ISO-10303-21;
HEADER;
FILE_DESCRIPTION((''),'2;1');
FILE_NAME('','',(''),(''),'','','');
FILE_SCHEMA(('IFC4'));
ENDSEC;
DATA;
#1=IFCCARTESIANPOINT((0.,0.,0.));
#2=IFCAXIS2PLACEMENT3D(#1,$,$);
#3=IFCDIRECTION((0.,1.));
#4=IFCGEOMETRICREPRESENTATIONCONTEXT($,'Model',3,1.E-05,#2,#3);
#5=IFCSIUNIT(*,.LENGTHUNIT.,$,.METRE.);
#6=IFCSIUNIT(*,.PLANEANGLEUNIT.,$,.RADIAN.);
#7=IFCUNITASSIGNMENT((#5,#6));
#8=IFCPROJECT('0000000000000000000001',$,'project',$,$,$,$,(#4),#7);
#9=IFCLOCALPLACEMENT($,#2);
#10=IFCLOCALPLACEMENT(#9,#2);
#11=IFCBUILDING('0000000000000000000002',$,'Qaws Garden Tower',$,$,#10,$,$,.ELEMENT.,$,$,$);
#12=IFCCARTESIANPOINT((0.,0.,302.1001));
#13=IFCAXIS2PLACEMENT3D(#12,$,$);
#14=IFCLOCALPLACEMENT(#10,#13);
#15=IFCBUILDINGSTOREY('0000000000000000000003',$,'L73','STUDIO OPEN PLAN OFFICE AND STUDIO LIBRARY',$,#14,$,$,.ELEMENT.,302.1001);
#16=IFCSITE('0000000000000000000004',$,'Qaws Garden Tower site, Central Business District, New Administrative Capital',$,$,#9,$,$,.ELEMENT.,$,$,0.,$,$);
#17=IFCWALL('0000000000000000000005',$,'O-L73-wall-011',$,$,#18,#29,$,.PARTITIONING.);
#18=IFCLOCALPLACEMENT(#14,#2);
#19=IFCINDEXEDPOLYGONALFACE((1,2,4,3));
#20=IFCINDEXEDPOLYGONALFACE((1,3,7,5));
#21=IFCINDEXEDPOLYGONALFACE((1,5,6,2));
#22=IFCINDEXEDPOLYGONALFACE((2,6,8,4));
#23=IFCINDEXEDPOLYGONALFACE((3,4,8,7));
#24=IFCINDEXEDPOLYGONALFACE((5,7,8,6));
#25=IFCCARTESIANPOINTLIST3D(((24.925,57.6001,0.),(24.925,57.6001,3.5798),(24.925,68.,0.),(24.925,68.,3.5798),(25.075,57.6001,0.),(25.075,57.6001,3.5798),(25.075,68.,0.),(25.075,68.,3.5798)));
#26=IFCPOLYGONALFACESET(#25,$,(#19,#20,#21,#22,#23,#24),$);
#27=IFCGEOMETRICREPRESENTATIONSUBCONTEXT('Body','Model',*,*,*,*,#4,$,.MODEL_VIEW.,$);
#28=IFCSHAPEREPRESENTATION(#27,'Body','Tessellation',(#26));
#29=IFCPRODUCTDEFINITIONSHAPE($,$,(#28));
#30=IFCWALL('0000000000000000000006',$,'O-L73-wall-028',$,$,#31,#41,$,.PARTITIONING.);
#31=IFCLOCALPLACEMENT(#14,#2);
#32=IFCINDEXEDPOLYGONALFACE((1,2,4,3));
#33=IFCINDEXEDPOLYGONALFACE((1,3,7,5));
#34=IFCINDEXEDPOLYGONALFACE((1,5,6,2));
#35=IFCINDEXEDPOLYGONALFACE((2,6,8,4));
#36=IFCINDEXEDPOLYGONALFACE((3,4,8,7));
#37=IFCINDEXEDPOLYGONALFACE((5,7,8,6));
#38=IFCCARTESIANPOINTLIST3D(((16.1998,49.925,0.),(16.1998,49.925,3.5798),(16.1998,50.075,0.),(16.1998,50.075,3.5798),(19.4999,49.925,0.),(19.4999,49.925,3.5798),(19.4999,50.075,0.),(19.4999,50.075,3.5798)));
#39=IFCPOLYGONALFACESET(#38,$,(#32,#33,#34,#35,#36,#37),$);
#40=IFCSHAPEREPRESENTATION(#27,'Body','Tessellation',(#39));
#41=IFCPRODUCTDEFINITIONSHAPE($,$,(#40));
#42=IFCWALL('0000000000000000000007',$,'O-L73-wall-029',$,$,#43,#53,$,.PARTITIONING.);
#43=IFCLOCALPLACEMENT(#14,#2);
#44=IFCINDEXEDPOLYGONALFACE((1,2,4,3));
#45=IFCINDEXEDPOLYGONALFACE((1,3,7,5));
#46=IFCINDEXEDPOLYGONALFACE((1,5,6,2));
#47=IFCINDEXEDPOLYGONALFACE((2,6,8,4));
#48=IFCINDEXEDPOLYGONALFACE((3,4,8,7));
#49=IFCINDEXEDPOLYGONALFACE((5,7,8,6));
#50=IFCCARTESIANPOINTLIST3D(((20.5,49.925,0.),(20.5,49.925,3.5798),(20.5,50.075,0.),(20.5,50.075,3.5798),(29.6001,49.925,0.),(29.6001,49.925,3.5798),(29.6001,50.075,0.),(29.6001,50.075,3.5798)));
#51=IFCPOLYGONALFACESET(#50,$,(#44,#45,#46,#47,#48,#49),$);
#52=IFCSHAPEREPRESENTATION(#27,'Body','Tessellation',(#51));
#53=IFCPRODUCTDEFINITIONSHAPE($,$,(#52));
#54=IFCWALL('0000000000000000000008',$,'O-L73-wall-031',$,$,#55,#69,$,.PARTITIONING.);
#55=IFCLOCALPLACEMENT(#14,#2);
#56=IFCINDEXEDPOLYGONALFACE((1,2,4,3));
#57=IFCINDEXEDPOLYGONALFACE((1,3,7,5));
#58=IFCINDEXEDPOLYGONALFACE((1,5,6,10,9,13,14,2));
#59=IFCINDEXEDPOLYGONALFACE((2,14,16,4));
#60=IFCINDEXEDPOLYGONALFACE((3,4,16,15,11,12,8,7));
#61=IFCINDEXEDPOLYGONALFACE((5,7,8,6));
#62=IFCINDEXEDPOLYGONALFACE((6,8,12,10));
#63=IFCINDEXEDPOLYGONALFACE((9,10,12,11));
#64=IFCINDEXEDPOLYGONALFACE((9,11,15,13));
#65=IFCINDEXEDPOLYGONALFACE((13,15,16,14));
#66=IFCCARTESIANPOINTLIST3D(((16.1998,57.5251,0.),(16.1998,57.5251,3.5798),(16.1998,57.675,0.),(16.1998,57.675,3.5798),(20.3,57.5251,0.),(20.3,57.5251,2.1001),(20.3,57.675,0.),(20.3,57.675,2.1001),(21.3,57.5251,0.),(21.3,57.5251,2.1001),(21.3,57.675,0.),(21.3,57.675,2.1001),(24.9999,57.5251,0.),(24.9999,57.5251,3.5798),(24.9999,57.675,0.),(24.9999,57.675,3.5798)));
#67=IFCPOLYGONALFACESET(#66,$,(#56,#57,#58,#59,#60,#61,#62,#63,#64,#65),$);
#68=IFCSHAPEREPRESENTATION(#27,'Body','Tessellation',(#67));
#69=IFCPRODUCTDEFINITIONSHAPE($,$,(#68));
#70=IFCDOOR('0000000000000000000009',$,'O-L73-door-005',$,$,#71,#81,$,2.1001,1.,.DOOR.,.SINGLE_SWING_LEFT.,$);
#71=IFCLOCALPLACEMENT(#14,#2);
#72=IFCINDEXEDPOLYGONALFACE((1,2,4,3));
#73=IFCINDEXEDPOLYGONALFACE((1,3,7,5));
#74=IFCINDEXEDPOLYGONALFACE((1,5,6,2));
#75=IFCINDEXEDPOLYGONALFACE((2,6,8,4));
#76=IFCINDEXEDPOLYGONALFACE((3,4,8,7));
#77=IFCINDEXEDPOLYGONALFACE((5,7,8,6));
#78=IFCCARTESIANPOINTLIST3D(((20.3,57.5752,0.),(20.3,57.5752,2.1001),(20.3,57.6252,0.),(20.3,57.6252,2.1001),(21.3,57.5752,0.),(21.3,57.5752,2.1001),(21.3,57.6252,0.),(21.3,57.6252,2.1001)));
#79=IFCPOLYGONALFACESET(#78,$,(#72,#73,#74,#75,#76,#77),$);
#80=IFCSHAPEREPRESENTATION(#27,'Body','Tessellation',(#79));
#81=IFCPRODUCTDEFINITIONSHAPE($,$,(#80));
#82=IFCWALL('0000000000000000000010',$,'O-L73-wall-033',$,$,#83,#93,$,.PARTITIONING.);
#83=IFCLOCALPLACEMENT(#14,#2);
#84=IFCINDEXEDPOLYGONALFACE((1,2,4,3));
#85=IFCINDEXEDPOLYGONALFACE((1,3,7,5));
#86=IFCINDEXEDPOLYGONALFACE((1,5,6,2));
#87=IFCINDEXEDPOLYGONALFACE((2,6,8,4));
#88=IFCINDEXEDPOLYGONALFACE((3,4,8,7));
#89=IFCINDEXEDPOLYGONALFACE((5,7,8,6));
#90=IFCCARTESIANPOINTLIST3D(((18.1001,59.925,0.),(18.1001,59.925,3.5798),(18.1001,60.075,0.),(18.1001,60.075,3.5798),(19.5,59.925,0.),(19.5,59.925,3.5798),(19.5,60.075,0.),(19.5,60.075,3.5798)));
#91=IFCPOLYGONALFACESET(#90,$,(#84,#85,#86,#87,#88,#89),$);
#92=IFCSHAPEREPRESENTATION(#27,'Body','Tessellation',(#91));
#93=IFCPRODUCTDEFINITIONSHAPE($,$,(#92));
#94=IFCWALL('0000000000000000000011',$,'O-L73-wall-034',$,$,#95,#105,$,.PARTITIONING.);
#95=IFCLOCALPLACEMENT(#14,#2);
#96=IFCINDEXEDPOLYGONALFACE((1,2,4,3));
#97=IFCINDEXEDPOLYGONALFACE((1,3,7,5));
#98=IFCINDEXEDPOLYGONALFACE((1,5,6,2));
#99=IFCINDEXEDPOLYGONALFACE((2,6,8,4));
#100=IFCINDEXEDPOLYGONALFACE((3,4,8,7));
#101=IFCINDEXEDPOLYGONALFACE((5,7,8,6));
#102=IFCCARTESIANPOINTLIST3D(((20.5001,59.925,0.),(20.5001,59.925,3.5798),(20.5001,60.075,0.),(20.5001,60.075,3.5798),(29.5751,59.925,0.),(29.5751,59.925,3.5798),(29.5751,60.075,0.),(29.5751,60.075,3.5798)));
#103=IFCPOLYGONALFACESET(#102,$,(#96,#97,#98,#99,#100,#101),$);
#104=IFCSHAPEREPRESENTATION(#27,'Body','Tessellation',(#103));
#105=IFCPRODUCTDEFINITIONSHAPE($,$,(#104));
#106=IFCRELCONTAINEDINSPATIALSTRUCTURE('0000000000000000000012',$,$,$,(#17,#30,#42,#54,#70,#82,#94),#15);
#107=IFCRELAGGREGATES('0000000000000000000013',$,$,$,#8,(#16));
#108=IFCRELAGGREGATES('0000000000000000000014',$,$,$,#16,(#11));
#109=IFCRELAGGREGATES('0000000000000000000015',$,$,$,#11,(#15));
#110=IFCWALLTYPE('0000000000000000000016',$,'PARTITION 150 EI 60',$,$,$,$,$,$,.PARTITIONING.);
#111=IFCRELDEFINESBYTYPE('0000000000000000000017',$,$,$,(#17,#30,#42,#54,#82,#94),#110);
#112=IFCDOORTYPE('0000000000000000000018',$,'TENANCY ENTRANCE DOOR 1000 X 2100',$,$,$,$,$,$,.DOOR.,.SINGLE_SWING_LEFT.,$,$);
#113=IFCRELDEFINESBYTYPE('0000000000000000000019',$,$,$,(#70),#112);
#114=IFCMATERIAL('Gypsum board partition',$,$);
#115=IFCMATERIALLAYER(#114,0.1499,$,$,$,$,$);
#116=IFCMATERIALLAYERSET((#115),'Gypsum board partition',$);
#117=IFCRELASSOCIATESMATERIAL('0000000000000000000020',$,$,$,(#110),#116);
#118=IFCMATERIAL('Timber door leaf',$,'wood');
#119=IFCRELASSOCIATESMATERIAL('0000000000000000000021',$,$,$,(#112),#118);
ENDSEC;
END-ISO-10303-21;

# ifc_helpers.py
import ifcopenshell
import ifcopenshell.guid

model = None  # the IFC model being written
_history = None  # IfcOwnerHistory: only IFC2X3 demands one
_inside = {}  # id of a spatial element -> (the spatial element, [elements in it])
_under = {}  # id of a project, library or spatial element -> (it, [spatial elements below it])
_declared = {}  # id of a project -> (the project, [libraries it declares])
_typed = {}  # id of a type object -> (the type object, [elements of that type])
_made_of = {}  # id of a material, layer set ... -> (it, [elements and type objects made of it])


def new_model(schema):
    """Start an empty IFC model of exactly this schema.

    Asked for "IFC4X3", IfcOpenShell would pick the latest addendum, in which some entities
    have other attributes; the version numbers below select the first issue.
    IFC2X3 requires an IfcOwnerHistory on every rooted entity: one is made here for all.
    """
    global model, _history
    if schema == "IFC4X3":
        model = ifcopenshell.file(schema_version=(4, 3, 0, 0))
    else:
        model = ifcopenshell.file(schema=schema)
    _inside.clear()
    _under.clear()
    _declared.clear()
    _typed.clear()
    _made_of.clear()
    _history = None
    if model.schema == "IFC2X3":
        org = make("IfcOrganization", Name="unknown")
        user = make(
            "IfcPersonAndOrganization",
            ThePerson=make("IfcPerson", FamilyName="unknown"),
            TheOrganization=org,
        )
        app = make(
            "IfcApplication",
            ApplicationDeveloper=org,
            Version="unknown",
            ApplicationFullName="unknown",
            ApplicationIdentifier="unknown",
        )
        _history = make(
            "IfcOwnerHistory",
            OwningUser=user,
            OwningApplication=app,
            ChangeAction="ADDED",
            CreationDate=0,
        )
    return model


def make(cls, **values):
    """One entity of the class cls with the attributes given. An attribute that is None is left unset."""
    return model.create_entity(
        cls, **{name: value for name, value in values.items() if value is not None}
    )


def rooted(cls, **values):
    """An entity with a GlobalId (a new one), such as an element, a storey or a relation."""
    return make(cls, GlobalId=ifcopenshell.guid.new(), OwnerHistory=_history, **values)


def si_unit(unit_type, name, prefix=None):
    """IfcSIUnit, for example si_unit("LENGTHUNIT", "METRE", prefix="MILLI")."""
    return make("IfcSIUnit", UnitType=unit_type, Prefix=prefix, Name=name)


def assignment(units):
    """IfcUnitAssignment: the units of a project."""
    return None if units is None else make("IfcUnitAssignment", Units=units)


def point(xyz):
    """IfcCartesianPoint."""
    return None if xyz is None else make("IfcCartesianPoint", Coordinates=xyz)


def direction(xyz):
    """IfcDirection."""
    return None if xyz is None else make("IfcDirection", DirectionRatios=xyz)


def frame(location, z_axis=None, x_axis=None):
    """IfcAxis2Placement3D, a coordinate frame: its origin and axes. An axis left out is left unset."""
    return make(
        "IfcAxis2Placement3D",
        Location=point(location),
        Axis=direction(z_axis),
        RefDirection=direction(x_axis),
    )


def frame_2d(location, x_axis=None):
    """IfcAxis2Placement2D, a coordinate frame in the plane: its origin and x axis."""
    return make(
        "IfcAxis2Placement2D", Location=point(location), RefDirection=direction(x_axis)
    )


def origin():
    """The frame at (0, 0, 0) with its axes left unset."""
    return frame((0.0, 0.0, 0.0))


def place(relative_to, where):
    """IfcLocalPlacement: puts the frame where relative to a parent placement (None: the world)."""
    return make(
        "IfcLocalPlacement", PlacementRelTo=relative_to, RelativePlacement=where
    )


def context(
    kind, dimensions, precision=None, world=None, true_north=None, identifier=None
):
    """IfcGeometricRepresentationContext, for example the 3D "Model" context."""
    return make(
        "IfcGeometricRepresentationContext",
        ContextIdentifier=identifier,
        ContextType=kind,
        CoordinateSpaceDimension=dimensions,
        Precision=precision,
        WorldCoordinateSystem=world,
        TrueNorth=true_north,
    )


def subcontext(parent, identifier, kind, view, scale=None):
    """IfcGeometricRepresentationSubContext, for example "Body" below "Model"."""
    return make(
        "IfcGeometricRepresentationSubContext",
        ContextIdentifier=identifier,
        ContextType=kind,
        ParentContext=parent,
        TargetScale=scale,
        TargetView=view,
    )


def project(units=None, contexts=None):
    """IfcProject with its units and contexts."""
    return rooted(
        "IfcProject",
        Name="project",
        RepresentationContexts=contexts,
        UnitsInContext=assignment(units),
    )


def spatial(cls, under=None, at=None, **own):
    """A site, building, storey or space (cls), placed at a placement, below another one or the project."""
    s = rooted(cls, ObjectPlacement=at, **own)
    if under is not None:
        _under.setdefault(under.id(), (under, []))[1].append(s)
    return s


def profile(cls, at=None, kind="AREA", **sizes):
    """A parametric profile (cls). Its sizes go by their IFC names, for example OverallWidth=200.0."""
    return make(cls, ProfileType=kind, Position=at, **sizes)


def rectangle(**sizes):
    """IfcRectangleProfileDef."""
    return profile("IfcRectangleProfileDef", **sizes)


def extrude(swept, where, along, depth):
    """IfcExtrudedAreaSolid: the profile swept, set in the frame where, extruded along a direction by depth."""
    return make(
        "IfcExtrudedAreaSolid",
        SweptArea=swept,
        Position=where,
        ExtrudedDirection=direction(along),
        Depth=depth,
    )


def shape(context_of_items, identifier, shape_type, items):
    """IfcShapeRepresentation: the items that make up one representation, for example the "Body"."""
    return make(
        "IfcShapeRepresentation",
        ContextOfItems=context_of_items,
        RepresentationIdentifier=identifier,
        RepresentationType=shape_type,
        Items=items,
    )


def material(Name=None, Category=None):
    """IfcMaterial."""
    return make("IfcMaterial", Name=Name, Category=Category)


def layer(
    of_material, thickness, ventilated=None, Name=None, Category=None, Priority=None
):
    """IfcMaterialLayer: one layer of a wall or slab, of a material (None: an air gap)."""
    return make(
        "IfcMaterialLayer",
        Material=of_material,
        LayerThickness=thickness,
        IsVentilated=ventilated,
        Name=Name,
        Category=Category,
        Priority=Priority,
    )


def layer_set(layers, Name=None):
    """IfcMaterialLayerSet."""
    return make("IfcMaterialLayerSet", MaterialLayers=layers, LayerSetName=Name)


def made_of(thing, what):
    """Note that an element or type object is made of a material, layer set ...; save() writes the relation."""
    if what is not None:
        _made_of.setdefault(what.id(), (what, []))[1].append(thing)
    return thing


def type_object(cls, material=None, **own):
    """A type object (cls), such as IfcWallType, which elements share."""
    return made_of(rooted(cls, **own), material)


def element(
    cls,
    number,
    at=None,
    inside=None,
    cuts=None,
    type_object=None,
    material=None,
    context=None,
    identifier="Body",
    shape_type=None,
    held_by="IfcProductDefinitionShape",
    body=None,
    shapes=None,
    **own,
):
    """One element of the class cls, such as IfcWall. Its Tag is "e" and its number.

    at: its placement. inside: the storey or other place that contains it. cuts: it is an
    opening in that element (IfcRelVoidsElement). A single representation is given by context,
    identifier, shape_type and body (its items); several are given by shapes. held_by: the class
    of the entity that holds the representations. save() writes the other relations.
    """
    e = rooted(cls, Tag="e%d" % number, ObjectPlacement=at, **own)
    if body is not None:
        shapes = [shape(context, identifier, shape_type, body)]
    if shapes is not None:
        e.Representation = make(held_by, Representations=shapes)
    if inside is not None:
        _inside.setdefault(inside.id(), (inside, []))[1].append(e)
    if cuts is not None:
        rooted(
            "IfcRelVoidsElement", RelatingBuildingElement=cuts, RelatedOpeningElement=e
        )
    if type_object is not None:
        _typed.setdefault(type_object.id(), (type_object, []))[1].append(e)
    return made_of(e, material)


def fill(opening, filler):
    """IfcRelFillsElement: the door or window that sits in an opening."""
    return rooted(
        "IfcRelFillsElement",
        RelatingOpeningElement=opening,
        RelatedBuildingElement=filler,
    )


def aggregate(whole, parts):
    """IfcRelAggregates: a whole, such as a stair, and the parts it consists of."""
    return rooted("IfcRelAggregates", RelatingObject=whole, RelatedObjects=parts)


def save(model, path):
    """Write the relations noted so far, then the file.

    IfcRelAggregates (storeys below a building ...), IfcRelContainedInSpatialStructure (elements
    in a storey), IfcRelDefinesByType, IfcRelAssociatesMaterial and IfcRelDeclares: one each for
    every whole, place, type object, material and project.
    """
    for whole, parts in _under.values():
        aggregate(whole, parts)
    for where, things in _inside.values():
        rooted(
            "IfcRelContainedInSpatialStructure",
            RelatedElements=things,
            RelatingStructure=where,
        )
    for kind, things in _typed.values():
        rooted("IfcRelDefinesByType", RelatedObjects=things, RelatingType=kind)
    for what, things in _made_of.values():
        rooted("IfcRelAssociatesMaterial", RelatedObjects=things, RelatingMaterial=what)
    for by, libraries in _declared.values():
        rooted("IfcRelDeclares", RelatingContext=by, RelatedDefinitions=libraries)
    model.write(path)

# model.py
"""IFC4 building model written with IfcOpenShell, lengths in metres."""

from ifc_helpers import new_model, si_unit, direction, frame, frame_2d, origin, place, context, subcontext, project, spatial, rectangle, extrude, material, layer, layer_set, type_object, element, fill, save


model = new_model("IFC4")

# Units and contexts
model_context = context("Model", 3, precision=1e-05, world=origin(), true_north=direction((0.0, 1.0)))
body_context = subcontext(model_context, "Body", "Model", "MODEL_VIEW")
ifc_project = project(units=[si_unit("LENGTHUNIT", "METRE"), si_unit("PLANEANGLEUNIT", "RADIAN")], contexts=[model_context])

# Site, building, storey
site_placement = place(None, origin())
site = spatial("IfcSite", under=ifc_project, at=site_placement, Name="Qaws Garden Tower site, Central Business District, New Administrative Capital", CompositionType="ELEMENT", RefElevation=0.0)
building_placement = place(site_placement, origin())
building = spatial("IfcBuilding", under=site, at=building_placement, Name="Qaws Garden Tower", CompositionType="ELEMENT")
storey_placement = place(building_placement, frame((0.0, 0.0, 302.1001)))
storey = spatial("IfcBuildingStorey", under=building, at=storey_placement, Name="L73", Description="STUDIO OPEN PLAN OFFICE AND STUDIO LIBRARY", CompositionType="ELEMENT", Elevation=302.1001)

# Shared definitions
ifc_material_1 = material(Name="Gypsum board partition")
ifc_layer_1 = layer(ifc_material_1, 0.1499)
ifc_layer_set_1 = layer_set([ifc_layer_1], Name="Gypsum board partition")
wall_type_1 = type_object("IfcWallType", Name="PARTITION 150 EI 60", PredefinedType="PARTITIONING", material=ifc_layer_set_1)

# Shared definitions
ifc_material_2 = material(Name="Timber door leaf", Category="wood")
door_type = type_object("IfcDoorType", Name="TENANCY ENTRANCE DOOR 1000 X 2100", OperationType="SINGLE_SWING_LEFT", PredefinedType="DOOR", material=ifc_material_2)

# Walls
wall_1_placement = place(storey_placement, frame((25.0, 57.6001, 0.0), z_axis=(0.0, 0.0, 1.0), x_axis=(0.0, 1.0, 0.0)))
element("IfcWall", 1, at=wall_1_placement, inside=storey, type_object=wall_type_1, Name="O-L73-wall-011", PredefinedType="PARTITIONING", context=body_context, shape_type="SweptSolid", body=[
    extrude(rectangle(XDim=10.3999, YDim=0.1499, at=frame_2d((5.2, 0.0))), origin(), (0.0, 0.0, 1.0), 3.5798),
])
wall_2_placement = place(storey_placement, frame((16.2, 50.0, 0.0), z_axis=(0.0, 0.0, 1.0), x_axis=(1.0, 0.0, 0.0)))
element("IfcWall", 2, at=wall_2_placement, inside=storey, type_object=wall_type_1, Name="O-L73-wall-028", PredefinedType="PARTITIONING", context=body_context, shape_type="SweptSolid", body=[
    extrude(rectangle(XDim=3.3, YDim=0.1499, at=frame_2d((1.6499, 0.0))), origin(), (0.0, 0.0, 1.0), 3.5798),
])
wall_3_placement = place(storey_placement, frame((20.5, 50.0, 0.0), z_axis=(0.0, 0.0, 1.0), x_axis=(1.0, 0.0, 0.0)))
element("IfcWall", 3, at=wall_3_placement, inside=storey, type_object=wall_type_1, Name="O-L73-wall-029", PredefinedType="PARTITIONING", context=body_context, shape_type="SweptSolid", body=[
    extrude(rectangle(XDim=9.1001, YDim=0.1499, at=frame_2d((4.55, 0.0))), origin(), (0.0, 0.0, 1.0), 3.5798),
])

# Wall, opening, door
wall_4_placement = place(storey_placement, frame((16.2, 57.6001, 0.0), z_axis=(0.0, 0.0, 1.0), x_axis=(1.0, 0.0, 0.0)))
wall_4 = element("IfcWall", 4, at=wall_4_placement, inside=storey, type_object=wall_type_1, Name="O-L73-wall-031", PredefinedType="PARTITIONING", context=body_context, shape_type="SweptSolid", body=[
    extrude(rectangle(XDim=8.8, YDim=0.1499, at=frame_2d((4.3999, 0.0))), origin(), (0.0, 0.0, 1.0), 3.5798),
])
opening_1_placement = place(wall_4_placement, frame((4.1001, 0.0, 0.0)))
opening_1 = element("IfcOpeningElement", 5, at=opening_1_placement, cuts=wall_4, PredefinedType="OPENING", context=body_context, shape_type="SweptSolid", body=[
    extrude(rectangle(XDim=1.0, YDim=2.1001, at=frame_2d((0.5, 1.05))), frame((0.0, 0.085, 0.0), z_axis=(0.0, -1.0, 0.0), x_axis=(1.0, 0.0, 0.0)), (0.0, 0.0, 1.0), 0.1699),
])
door_1_placement = place(opening_1_placement, frame((1.0, 0.0, 0.0), z_axis=(0.0, 0.0, 1.0), x_axis=(-1.0, 0.0, 0.0)))
door_1 = element("IfcDoor", 6, at=door_1_placement, inside=storey, type_object=door_type, Name="O-L73-door-005", OperationType="SINGLE_SWING_LEFT", OverallHeight=2.1001, OverallWidth=1.0, PredefinedType="DOOR", context=body_context, shape_type="SweptSolid", body=[
    extrude(rectangle(XDim=1.0, YDim=2.1001, at=frame_2d((0.5, 1.05))), frame((0.0, 0.0249, 0.0), z_axis=(0.0, -1.0, 0.0), x_axis=(1.0, 0.0, 0.0)), (0.0, 0.0, 1.0), 0.05),
])
fill(opening_1, door_1)

# Walls
wall_5_placement = place(storey_placement, frame((18.1001, 60.0, 0.0), z_axis=(0.0, 0.0, 1.0), x_axis=(1.0, 0.0, 0.0)))
element("IfcWall", 7, at=wall_5_placement, inside=storey, type_object=wall_type_1, Name="O-L73-wall-033", PredefinedType="PARTITIONING", context=body_context, shape_type="SweptSolid", body=[
    extrude(rectangle(XDim=1.3999, YDim=0.1499, at=frame_2d((0.7, 0.0))), origin(), (0.0, 0.0, 1.0), 3.5798),
])
wall_6_placement = place(storey_placement, frame((20.5, 60.0, 0.0), z_axis=(0.0, 0.0, 1.0), x_axis=(1.0, 0.0, 0.0)))
element("IfcWall", 8, at=wall_6_placement, inside=storey, type_object=wall_type_1, Name="O-L73-wall-034", PredefinedType="PARTITIONING", context=body_context, shape_type="SweptSolid", body=[
    extrude(rectangle(XDim=9.075, YDim=0.1499, at=frame_2d((4.5376, 0.0))), origin(), (0.0, 0.0, 1.0), 3.5798),
])

save(model, "model.ifc")
